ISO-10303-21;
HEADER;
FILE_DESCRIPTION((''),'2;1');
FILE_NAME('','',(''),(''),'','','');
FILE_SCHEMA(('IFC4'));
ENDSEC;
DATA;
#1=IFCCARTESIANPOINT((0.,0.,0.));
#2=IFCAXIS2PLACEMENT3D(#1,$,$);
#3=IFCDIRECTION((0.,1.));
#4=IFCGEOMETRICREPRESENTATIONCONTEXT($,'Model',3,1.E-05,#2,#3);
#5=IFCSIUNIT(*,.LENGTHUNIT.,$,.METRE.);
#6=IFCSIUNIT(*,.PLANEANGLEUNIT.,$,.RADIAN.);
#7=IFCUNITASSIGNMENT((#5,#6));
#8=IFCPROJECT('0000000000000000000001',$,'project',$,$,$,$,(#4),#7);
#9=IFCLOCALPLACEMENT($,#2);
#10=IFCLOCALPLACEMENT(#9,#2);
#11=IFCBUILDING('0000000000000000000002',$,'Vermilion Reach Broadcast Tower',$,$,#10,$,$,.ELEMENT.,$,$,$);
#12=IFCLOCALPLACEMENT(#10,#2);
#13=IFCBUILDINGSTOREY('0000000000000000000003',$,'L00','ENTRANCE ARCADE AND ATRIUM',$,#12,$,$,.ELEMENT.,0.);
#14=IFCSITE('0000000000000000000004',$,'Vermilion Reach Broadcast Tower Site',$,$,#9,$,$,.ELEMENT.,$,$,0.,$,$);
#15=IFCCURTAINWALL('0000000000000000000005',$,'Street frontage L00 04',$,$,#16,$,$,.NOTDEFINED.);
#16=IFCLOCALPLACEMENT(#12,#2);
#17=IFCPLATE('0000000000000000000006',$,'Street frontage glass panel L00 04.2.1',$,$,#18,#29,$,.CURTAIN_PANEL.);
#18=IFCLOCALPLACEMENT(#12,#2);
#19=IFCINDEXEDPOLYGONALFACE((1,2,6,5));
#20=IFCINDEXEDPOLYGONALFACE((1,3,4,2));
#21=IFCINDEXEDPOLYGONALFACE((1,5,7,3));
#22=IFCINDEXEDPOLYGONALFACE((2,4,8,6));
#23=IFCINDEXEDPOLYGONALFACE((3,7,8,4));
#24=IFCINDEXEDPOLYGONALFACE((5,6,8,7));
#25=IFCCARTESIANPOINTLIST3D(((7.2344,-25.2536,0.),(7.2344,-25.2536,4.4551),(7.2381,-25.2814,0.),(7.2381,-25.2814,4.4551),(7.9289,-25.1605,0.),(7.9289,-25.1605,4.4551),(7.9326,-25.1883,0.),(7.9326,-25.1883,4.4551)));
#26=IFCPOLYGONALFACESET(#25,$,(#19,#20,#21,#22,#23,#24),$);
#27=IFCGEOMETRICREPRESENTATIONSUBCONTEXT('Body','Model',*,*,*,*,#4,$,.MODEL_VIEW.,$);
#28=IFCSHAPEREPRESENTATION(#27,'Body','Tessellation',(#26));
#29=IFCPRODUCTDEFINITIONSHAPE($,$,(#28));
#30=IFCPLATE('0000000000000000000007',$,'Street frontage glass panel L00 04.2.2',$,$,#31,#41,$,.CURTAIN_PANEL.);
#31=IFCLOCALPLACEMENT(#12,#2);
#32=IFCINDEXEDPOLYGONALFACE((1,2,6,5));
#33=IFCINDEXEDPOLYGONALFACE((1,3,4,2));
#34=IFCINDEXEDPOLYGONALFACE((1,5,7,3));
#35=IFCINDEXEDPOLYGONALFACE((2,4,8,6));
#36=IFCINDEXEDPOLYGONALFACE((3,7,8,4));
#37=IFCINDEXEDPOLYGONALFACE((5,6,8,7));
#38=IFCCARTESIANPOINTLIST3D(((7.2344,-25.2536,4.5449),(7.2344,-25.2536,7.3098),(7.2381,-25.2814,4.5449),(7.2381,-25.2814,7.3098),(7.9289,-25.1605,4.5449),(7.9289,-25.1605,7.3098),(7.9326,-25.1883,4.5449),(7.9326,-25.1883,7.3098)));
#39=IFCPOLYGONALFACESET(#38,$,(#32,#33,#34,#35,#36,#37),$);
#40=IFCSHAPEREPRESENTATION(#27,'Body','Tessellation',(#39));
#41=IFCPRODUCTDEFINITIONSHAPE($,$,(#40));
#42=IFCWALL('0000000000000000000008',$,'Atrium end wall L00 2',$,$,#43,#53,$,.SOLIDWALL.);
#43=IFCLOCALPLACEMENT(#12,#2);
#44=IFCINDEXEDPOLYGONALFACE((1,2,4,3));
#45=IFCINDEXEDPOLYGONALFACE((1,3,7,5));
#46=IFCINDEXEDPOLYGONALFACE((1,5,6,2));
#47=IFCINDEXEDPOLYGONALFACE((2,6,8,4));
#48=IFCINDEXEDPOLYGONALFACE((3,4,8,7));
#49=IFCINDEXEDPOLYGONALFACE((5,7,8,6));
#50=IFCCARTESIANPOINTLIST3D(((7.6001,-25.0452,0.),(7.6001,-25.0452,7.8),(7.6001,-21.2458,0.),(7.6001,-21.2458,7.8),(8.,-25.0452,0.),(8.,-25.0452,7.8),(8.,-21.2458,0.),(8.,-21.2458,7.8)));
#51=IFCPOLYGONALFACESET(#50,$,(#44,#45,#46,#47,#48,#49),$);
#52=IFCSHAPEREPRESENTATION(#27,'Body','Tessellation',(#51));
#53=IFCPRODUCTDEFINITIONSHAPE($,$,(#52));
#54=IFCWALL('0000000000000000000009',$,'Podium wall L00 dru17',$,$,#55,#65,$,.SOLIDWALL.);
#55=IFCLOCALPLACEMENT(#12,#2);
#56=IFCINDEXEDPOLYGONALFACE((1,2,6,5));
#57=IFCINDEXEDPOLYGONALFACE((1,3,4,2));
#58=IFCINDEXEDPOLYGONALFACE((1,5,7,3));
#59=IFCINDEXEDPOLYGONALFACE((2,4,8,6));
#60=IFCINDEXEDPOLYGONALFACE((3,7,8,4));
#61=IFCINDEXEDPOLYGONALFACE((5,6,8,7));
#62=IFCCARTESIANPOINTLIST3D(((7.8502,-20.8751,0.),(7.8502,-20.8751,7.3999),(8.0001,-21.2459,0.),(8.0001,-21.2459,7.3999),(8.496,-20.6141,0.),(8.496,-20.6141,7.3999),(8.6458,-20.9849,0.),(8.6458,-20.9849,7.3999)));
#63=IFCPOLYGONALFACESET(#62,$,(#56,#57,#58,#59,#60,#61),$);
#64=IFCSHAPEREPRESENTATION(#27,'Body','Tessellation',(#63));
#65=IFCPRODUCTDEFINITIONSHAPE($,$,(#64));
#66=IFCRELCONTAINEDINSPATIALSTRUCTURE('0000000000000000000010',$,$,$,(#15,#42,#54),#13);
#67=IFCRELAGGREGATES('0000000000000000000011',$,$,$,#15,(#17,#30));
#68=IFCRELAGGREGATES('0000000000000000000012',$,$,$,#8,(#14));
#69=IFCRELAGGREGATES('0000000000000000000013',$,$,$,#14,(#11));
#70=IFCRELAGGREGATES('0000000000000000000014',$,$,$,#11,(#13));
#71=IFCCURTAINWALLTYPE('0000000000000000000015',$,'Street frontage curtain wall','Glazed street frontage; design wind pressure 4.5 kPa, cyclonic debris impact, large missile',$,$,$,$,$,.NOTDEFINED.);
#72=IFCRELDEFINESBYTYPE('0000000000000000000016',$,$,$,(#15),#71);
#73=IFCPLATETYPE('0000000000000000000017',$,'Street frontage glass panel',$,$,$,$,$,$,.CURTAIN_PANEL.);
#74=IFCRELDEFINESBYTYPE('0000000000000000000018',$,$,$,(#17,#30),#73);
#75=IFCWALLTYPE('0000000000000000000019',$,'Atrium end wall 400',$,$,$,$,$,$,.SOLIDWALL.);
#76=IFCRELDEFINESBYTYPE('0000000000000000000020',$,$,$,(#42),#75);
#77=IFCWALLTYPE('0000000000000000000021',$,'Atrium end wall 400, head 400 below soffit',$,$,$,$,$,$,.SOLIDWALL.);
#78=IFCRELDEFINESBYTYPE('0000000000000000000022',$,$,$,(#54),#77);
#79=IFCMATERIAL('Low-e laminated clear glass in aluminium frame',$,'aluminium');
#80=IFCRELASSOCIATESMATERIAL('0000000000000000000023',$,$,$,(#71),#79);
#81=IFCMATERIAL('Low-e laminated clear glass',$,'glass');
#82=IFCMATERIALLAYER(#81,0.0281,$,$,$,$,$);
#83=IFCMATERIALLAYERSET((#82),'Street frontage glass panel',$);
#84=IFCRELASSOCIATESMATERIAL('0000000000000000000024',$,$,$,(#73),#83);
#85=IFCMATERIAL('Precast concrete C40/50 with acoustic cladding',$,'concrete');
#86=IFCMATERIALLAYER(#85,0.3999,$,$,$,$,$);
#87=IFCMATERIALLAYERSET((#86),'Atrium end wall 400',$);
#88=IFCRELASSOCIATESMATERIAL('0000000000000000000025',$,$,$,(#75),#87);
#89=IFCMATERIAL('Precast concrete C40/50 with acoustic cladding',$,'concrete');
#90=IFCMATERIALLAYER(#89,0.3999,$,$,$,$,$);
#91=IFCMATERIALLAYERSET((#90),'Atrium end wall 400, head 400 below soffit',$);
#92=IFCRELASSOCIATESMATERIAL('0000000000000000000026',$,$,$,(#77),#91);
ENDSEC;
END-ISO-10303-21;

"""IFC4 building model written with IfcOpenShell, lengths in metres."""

from ifc_helpers import new_model, si_unit, direction, frame, frame_2d, origin, origin_2d, place, context, subcontext, project, spatial, rectangle, extrude, material, layer, layer_set, type_object, element, aggregate, save


model = new_model("IFC4")

# Units and contexts
model_context = context("Model", 3, precision=1e-05, world=origin(), true_north=direction((0.0, 1.0)))
body_context = subcontext(model_context, "Body", "Model", "MODEL_VIEW")
ifc_project = project(units=[si_unit("LENGTHUNIT", "METRE"), si_unit("PLANEANGLEUNIT", "RADIAN")], contexts=[model_context])

# Site, building, storey
site_placement = place(None, origin())
site = spatial("IfcSite", under=ifc_project, at=site_placement, Name="Vermilion Reach Broadcast Tower Site", CompositionType="ELEMENT", RefElevation=0.0)
building_placement = place(site_placement, origin())
building = spatial("IfcBuilding", under=site, at=building_placement, Name="Vermilion Reach Broadcast Tower", CompositionType="ELEMENT")
storey_placement = place(building_placement, origin())
storey = spatial("IfcBuildingStorey", under=building, at=storey_placement, Name="L00", Description="ENTRANCE ARCADE AND ATRIUM", CompositionType="ELEMENT", Elevation=0.0)

# Shared definitions
placement = place(storey_placement, origin())

# Shared definitions
ifc_material_1 = material(Name="Low-e laminated clear glass in aluminium frame", Category="aluminium")
curtain_wall_type_1 = type_object("IfcCurtainWallType", Name="Street frontage curtain wall", Description="Glazed street frontage; design wind pressure 4.5 kPa, cyclonic debris impact, large missile", PredefinedType="NOTDEFINED", material=ifc_material_1)

# Curtain wall
curtain_wall_1 = element("IfcCurtainWall", 1, at=placement, inside=storey, type_object=curtain_wall_type_1, Name="Street frontage L00 04", PredefinedType="NOTDEFINED")

# Plates
ifc_material_2 = material(Name="Low-e laminated clear glass", Category="glass")
ifc_layer_1 = layer(ifc_material_2, 0.0281)
ifc_layer_set_1 = layer_set([ifc_layer_1], Name="Street frontage glass panel")
plate_type_1 = type_object("IfcPlateType", Name="Street frontage glass panel", PredefinedType="CURTAIN_PANEL", material=ifc_layer_set_1)
plate_1_placement = place(storey_placement, frame((7.5835, -25.2209, 0.0), z_axis=(0.0, 0.0, 1.0), x_axis=(0.991144, 0.132794, 0.0)))
plate_1 = element("IfcPlate", 2, at=plate_1_placement, type_object=plate_type_1, Name="Street frontage glass panel L00 04.2.1", PredefinedType="CURTAIN_PANEL", context=body_context, shape_type="SweptSolid", body=[
    extrude(rectangle(XDim=0.7007, YDim=0.0281, at=origin_2d()), origin(), (0.0, 0.0, 1.0), 4.4551),
])
plate_2_placement = place(storey_placement, frame((7.5835, -25.2209, 4.5449), z_axis=(0.0, 0.0, 1.0), x_axis=(0.991144, 0.132794, 0.0)))
plate_2 = element("IfcPlate", 3, at=plate_2_placement, type_object=plate_type_1, Name="Street frontage glass panel L00 04.2.2", PredefinedType="CURTAIN_PANEL", context=body_context, shape_type="SweptSolid", body=[
    extrude(rectangle(XDim=0.7007, YDim=0.0281, at=origin_2d()), origin(), (0.0, 0.0, 1.0), 2.7649),
])
aggregate(curtain_wall_1, [plate_1, plate_2])

# Walls
ifc_material_3 = material(Name="Precast concrete C40/50 with acoustic cladding", Category="concrete")
ifc_layer_2 = layer(ifc_material_3, 0.3999)
ifc_layer_set_2 = layer_set([ifc_layer_2], Name="Atrium end wall 400")
wall_type_1 = type_object("IfcWallType", Name="Atrium end wall 400", PredefinedType="SOLIDWALL", material=ifc_layer_set_2)
wall_1_placement = place(storey_placement, frame((7.8, -21.2458, 0.0), z_axis=(0.0, 0.0, 1.0), x_axis=(0.0, -1.0, 0.0)))
element("IfcWall", 4, at=wall_1_placement, inside=storey, type_object=wall_type_1, Name="Atrium end wall L00 2", PredefinedType="SOLIDWALL", context=body_context, shape_type="SweptSolid", body=[
    extrude(rectangle(XDim=3.7993, YDim=0.3999, at=frame_2d((1.8997, 0.0))), origin(), (0.0, 0.0, 1.0), 7.8),
])
ifc_material_4 = material(Name="Precast concrete C40/50 with acoustic cladding", Category="concrete")
ifc_layer_3 = layer(ifc_material_4, 0.3999)
ifc_layer_set_3 = layer_set([ifc_layer_3], Name="Atrium end wall 400, head 400 below soffit")
wall_type_2 = type_object("IfcWallType", Name="Atrium end wall 400, head 400 below soffit", PredefinedType="SOLIDWALL", material=ifc_layer_set_3)
wall_2_placement = place(storey_placement, frame((8.5708, -20.7996, 0.0), z_axis=(0.0, 0.0, 1.0), x_axis=(-0.927141, -0.374712, 0.0)))
element("IfcWall", 5, at=wall_2_placement, inside=storey, type_object=wall_type_2, Name="Podium wall L00 dru17", PredefinedType="SOLIDWALL", context=body_context, shape_type="SweptSolid", body=[
    extrude(rectangle(XDim=0.6965, YDim=0.3999, at=frame_2d((0.3481, 0.0))), origin(), (0.0, 0.0, 1.0), 7.3999),
])

save(model, "model.ifc")
